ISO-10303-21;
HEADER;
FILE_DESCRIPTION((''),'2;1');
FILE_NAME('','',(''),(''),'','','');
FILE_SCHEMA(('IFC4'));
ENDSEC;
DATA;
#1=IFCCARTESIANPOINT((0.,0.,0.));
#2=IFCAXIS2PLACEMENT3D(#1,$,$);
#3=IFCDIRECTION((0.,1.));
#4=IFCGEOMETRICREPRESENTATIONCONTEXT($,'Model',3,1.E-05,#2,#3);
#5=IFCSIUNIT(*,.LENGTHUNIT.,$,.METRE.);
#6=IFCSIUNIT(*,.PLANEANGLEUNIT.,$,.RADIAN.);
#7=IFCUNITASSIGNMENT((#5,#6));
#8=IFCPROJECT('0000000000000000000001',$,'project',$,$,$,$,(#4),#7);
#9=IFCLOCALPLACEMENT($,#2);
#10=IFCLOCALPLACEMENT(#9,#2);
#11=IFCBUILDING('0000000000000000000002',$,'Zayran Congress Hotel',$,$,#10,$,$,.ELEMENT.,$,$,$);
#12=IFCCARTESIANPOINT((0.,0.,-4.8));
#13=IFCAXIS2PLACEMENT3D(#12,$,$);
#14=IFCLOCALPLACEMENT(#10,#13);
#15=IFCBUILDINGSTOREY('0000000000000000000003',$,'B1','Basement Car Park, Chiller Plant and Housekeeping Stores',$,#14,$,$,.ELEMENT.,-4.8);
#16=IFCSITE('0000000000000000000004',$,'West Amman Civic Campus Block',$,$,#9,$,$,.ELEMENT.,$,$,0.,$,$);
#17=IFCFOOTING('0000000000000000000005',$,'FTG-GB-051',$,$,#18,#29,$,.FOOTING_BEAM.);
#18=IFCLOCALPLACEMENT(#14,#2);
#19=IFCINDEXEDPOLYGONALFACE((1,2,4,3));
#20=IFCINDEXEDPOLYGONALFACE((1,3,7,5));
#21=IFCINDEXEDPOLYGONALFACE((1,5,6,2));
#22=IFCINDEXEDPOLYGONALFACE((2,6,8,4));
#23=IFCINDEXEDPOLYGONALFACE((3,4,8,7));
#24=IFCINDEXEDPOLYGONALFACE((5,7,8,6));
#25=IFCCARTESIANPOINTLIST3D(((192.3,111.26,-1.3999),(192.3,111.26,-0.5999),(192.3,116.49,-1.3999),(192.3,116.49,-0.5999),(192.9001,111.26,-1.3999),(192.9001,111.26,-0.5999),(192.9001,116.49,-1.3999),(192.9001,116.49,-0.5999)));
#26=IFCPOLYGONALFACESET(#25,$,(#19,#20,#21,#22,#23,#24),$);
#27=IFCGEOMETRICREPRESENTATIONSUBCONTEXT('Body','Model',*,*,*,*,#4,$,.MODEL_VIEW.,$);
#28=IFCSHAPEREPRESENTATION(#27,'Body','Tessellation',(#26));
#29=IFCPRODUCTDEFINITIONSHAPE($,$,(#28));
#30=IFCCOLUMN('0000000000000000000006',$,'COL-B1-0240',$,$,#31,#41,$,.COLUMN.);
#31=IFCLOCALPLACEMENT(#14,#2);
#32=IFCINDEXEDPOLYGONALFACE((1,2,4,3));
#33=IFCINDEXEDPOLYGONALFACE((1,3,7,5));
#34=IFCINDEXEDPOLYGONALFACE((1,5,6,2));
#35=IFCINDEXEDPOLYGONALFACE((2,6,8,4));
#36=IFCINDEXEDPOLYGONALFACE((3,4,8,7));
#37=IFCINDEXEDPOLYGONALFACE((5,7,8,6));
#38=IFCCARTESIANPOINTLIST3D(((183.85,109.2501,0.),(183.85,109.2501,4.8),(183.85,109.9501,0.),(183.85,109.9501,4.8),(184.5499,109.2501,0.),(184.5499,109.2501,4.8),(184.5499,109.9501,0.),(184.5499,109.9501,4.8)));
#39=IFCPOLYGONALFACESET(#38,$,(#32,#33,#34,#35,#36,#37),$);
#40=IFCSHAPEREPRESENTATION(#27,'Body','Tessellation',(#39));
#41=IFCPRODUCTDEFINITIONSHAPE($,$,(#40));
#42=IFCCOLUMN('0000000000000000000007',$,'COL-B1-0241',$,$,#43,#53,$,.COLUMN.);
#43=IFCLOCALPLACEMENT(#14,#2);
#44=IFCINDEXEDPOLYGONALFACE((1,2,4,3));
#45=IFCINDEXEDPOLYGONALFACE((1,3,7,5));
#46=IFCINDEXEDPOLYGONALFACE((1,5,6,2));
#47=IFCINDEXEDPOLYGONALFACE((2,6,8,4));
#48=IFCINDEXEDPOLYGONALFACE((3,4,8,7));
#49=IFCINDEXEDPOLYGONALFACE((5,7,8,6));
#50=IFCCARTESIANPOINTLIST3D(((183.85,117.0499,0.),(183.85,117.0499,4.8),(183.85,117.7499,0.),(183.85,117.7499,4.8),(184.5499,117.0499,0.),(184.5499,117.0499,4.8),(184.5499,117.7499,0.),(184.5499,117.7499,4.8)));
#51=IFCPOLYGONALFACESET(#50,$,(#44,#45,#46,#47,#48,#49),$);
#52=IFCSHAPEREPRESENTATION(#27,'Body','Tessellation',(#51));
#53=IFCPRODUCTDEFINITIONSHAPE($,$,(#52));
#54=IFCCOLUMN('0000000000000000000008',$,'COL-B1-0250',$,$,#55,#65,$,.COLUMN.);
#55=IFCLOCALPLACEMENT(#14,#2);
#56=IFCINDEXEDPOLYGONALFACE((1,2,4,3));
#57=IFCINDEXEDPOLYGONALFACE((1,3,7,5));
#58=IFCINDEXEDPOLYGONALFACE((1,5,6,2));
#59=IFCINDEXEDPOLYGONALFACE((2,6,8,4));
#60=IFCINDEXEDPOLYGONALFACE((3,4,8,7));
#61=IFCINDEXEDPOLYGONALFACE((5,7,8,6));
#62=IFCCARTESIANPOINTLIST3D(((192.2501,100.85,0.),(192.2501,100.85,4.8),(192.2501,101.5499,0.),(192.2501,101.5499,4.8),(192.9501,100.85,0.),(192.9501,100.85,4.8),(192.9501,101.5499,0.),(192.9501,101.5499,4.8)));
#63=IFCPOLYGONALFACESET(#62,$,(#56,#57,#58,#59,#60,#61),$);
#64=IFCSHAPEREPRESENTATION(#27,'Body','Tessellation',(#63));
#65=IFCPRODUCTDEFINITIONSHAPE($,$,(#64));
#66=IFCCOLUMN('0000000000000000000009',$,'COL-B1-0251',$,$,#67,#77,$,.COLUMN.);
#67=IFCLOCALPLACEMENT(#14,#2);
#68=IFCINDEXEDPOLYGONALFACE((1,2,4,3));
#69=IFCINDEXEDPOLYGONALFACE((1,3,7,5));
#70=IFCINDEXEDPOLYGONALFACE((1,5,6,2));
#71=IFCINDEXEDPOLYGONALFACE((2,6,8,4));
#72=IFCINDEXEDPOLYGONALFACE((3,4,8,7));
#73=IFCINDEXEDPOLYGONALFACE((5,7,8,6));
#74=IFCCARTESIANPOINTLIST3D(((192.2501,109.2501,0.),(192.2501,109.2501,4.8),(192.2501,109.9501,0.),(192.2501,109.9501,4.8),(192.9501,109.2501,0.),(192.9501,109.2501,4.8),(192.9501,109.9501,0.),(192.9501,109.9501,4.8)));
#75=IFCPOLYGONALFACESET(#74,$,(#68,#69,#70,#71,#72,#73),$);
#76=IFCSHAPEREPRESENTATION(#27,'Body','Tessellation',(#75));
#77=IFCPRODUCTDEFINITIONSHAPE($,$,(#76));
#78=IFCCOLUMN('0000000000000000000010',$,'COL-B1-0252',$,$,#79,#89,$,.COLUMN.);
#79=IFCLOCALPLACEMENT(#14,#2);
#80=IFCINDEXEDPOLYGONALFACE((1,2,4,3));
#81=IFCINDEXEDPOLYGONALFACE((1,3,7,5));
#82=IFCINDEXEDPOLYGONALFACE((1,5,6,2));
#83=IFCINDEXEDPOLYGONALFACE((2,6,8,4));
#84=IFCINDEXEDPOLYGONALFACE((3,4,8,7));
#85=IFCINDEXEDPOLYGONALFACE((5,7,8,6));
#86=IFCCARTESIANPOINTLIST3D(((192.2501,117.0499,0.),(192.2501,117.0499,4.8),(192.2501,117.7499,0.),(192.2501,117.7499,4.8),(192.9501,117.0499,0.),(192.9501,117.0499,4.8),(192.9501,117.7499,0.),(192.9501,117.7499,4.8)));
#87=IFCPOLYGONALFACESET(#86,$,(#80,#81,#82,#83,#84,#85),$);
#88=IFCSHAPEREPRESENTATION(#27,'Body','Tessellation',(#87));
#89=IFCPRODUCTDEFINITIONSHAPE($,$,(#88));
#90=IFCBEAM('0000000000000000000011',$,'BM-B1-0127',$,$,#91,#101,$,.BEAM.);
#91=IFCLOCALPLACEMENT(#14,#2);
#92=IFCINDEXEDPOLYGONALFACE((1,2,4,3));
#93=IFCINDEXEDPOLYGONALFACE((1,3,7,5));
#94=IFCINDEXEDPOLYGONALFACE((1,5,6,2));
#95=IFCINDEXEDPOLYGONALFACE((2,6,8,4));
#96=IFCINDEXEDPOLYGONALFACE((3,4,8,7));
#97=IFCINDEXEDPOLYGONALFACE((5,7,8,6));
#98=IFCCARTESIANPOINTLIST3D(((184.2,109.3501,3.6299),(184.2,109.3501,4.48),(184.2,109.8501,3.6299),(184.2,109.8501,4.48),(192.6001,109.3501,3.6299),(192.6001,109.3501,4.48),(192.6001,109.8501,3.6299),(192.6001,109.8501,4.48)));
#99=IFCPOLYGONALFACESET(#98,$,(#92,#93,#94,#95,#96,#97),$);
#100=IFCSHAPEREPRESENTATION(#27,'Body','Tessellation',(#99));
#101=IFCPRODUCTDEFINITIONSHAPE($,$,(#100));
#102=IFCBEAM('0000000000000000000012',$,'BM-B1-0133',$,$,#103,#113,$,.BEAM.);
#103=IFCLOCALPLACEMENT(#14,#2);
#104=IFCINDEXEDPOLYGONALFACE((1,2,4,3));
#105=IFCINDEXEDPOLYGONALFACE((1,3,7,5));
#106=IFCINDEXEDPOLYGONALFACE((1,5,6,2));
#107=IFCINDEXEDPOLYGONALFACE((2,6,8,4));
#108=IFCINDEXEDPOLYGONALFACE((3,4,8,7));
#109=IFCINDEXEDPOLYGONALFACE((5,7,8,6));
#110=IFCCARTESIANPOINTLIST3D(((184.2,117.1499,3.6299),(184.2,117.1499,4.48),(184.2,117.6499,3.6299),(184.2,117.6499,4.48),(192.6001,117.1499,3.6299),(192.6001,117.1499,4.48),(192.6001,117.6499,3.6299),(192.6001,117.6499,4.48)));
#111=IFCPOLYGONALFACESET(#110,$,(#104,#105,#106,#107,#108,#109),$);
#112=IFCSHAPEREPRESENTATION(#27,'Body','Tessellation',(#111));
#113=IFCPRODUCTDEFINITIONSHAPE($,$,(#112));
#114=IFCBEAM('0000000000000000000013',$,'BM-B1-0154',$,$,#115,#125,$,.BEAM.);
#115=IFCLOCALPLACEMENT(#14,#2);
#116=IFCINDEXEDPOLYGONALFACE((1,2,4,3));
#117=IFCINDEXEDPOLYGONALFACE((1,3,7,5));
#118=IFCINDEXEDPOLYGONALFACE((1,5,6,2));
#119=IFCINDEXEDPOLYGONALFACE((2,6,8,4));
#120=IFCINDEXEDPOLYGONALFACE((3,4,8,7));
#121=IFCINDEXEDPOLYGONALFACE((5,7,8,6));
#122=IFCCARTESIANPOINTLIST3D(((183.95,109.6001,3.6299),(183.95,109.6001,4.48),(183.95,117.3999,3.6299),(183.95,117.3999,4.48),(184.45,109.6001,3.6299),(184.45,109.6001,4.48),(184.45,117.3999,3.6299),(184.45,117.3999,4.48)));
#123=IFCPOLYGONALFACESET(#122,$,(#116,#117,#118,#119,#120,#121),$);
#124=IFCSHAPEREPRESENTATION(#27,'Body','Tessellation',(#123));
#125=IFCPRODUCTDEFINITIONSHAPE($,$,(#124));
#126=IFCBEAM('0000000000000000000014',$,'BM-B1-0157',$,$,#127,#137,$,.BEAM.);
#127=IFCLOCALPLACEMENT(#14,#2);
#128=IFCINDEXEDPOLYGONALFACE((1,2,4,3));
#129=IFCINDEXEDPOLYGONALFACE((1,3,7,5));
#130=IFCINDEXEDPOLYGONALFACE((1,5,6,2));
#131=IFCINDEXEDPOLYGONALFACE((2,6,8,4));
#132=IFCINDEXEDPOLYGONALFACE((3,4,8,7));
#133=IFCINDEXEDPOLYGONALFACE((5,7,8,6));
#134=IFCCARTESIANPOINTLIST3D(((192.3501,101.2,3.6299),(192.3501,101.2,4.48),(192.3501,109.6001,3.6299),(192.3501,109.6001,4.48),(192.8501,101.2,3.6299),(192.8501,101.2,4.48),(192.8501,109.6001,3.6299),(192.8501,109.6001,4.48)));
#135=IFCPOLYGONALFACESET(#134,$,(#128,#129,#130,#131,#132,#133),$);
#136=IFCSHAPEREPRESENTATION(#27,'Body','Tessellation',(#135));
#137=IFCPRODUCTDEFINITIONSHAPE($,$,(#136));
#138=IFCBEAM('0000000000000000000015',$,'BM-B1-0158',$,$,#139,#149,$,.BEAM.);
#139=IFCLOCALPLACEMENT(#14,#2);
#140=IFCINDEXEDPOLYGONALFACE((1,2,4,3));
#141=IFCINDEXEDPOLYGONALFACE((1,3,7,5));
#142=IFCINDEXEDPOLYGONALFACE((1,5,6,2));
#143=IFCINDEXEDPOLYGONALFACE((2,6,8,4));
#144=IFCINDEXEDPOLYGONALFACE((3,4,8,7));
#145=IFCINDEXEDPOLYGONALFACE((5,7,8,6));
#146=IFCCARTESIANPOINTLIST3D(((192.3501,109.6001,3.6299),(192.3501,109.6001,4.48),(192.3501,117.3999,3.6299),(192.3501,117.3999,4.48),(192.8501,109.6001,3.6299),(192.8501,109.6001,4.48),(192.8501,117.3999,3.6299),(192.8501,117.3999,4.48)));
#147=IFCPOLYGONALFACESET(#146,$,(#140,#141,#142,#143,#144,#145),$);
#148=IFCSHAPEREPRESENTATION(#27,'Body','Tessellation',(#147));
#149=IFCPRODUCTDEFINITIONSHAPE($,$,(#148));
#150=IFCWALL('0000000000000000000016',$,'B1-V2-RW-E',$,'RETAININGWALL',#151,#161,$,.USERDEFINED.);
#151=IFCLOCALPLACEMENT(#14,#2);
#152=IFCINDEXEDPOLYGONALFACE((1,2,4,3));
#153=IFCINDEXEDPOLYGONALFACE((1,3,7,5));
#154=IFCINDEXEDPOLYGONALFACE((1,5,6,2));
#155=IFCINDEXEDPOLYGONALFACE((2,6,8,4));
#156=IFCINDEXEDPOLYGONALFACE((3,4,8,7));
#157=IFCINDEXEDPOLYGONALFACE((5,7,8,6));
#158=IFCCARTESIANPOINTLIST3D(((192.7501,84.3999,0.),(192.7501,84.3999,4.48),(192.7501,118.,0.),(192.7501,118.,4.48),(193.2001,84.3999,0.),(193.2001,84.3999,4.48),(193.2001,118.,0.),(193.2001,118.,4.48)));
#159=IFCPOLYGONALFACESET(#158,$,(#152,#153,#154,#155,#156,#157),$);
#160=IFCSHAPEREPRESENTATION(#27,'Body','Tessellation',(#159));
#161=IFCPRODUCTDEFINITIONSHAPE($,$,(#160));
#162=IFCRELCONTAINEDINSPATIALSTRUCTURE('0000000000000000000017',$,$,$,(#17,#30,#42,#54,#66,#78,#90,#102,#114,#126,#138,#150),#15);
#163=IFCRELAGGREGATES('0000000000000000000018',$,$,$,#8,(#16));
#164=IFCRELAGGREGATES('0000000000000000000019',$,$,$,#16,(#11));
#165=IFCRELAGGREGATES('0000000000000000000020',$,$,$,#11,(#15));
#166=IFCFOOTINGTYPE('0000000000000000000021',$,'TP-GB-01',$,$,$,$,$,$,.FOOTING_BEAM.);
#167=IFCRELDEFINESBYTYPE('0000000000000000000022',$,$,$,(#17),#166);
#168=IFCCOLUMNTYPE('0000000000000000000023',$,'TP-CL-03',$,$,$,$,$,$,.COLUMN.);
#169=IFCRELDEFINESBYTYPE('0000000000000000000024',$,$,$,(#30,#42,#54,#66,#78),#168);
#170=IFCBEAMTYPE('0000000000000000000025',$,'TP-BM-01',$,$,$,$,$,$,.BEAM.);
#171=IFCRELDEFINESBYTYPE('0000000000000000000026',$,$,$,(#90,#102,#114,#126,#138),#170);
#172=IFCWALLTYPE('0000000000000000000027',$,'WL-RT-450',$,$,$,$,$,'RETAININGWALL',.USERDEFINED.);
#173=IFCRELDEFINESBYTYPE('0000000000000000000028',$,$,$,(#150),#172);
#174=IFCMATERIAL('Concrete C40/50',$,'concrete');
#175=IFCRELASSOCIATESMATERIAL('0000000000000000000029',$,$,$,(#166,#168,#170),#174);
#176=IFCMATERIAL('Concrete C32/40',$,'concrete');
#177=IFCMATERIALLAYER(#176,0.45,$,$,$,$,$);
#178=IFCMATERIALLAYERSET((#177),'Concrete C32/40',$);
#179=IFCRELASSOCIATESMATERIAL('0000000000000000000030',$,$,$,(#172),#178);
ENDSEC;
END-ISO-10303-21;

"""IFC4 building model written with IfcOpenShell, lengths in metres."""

from ifc_helpers import new_model, si_unit, direction, frame, frame_2d, origin, origin_2d, place, context, subcontext, project, spatial, rectangle, extrude, material, layer, layer_set, material_profile, profile_set, type_object, element, save


model = new_model("IFC4")

# Units and contexts
model_context = context("Model", 3, precision=1e-05, world=origin(), true_north=direction((0.0, 1.0)))
body_context = subcontext(model_context, "Body", "Model", "MODEL_VIEW")
ifc_project = project(units=[si_unit("LENGTHUNIT", "METRE"), si_unit("PLANEANGLEUNIT", "RADIAN")], contexts=[model_context])

# Site, building, storey
site_placement = place(None, origin())
site = spatial("IfcSite", under=ifc_project, at=site_placement, Name="West Amman Civic Campus Block", CompositionType="ELEMENT", RefElevation=0.0)
building_placement = place(site_placement, origin())
building = spatial("IfcBuilding", under=site, at=building_placement, Name="Zayran Congress Hotel", CompositionType="ELEMENT")
storey_placement = place(building_placement, frame((0.0, 0.0, -4.8)))
storey = spatial("IfcBuildingStorey", under=building, at=storey_placement, Name="B1", Description="Basement Car Park, Chiller Plant and Housekeeping Stores", CompositionType="ELEMENT", Elevation=-4.8)

# Shared definitions
ifc_material_1 = material(Name="Concrete C40/50", Category="concrete")

# Footing
footing_type_1 = type_object("IfcFootingType", Name="TP-GB-01", PredefinedType="FOOTING_BEAM", material=ifc_material_1)
footing_1_placement = place(storey_placement, frame((192.6001, 113.875, -1.3999), z_axis=(0.0, 0.0, 1.0), x_axis=(0.0, 1.0, 0.0)))
element("IfcFooting", 1, at=footing_1_placement, inside=storey, type_object=footing_type_1, Name="FTG-GB-051", PredefinedType="FOOTING_BEAM", context=body_context, shape_type="SweptSolid", body=[
    extrude(rectangle(XDim=5.23, YDim=0.6001, at=origin_2d()), origin(), (0.0, 0.0, 1.0), 0.8),
])

# Columns
ifc_material_profile_1 = material_profile(ifc_material_1, rectangle(XDim=0.7, YDim=0.7, at=origin_2d()), Name="RC 700x700")
ifc_profile_set_1 = profile_set([ifc_material_profile_1], Name="Concrete C40/50")
column_type = type_object("IfcColumnType", Name="TP-CL-03", PredefinedType="COLUMN", material=ifc_profile_set_1)
for number, where, z_axis, x_axis, name in (
    (2, (184.2, 109.6001, 0.0), (0.0, 0.0, 1.0), (1.0, 0.0, 0.0), "COL-B1-0240"),
    (3, (184.2, 117.3999, 0.0), (0.0, 0.0, 1.0), (1.0, 0.0, 0.0), "COL-B1-0241"),
    (4, (192.6001, 101.2, 0.0), (0.0, 0.0, 1.0), (1.0, 0.0, 0.0), "COL-B1-0250"),
    (5, (192.6001, 109.6001, 0.0), (0.0, 0.0, 1.0), (1.0, 0.0, 0.0), "COL-B1-0251"),
    (6, (192.6001, 117.3999, 0.0), (0.0, 0.0, 1.0), (1.0, 0.0, 0.0), "COL-B1-0252"),
):
    element("IfcColumn", number, at=place(storey_placement, frame(where, z_axis=z_axis, x_axis=x_axis)), inside=storey, type_object=column_type, Name=name, PredefinedType="COLUMN", context=body_context, shape_type="SweptSolid", body=[
        extrude(rectangle(XDim=0.7, YDim=0.7, at=origin_2d()), origin(), (0.0, 0.0, 1.0), 4.8),
    ])

# Beams
ifc_material_profile_2 = material_profile(ifc_material_1, rectangle(XDim=0.5, YDim=0.8501, at=origin_2d()), Name="RC 500x850")
ifc_profile_set_2 = profile_set([ifc_material_profile_2], Name="Concrete C40/50")
beam_type = type_object("IfcBeamType", Name="TP-BM-01", PredefinedType="BEAM", material=ifc_profile_set_2)
for number, where, z_axis, x_axis, name in (
    (7, (184.2, 109.6001, 4.0549), (1.0, 0.0, 0.0), (0.0, 1.0, 0.0), "BM-B1-0127"),
    (8, (184.2, 117.3999, 4.0549), (1.0, 0.0, 0.0), (0.0, 1.0, 0.0), "BM-B1-0133"),
):
    element("IfcBeam", number, at=place(storey_placement, frame(where, z_axis=z_axis, x_axis=x_axis)), inside=storey, type_object=beam_type, Name=name, PredefinedType="BEAM", context=body_context, shape_type="SweptSolid", body=[
        extrude(rectangle(XDim=0.5, YDim=0.8501, at=origin_2d()), origin(), (0.0, 0.0, 1.0), 8.4001),
    ])
beam_1_placement = place(storey_placement, frame((184.2, 109.6001, 4.0549), z_axis=(0.0, 1.0, 0.0), x_axis=(-1.0, 0.0, 0.0)))
element("IfcBeam", 9, at=beam_1_placement, inside=storey, type_object=beam_type, Name="BM-B1-0154", PredefinedType="BEAM", context=body_context, shape_type="SweptSolid", body=[
    extrude(rectangle(XDim=0.5, YDim=0.8501, at=origin_2d()), origin(), (0.0, 0.0, 1.0), 7.7998),
])
beam_2_placement = place(storey_placement, frame((192.6001, 101.2, 4.0549), z_axis=(0.0, 1.0, 0.0), x_axis=(-1.0, 0.0, 0.0)))
element("IfcBeam", 10, at=beam_2_placement, inside=storey, type_object=beam_type, Name="BM-B1-0157", PredefinedType="BEAM", context=body_context, shape_type="SweptSolid", body=[
    extrude(rectangle(XDim=0.5, YDim=0.8501, at=origin_2d()), origin(), (0.0, 0.0, 1.0), 8.4001),
])
beam_3_placement = place(storey_placement, frame((192.6001, 109.6001, 4.0549), z_axis=(0.0, 1.0, 0.0), x_axis=(-1.0, 0.0, 0.0)))
element("IfcBeam", 11, at=beam_3_placement, inside=storey, type_object=beam_type, Name="BM-B1-0158", PredefinedType="BEAM", context=body_context, shape_type="SweptSolid", body=[
    extrude(rectangle(XDim=0.5, YDim=0.8501, at=origin_2d()), origin(), (0.0, 0.0, 1.0), 7.7998),
])

# Wall
ifc_material_2 = material(Name="Concrete C32/40", Category="concrete")
ifc_layer = layer(ifc_material_2, 0.45)
ifc_layer_set = layer_set([ifc_layer], Name="Concrete C32/40")
wall_type = type_object("IfcWallType", Name="WL-RT-450", ElementType="RETAININGWALL", PredefinedType="USERDEFINED", material=ifc_layer_set)
wall_placement = place(storey_placement, frame((192.9751, 118.0, 0.0), z_axis=(0.0, 0.0, 1.0), x_axis=(0.0, -1.0, 0.0)))
element("IfcWall", 12, at=wall_placement, inside=storey, type_object=wall_type, Name="B1-V2-RW-E", ObjectType="RETAININGWALL", PredefinedType="USERDEFINED", context=body_context, shape_type="SweptSolid", body=[
    extrude(rectangle(XDim=33.6001, YDim=0.45, at=frame_2d((16.8, 0.0))), origin(), (0.0, 0.0, 1.0), 4.48),
])

save(model, "model.ifc")
